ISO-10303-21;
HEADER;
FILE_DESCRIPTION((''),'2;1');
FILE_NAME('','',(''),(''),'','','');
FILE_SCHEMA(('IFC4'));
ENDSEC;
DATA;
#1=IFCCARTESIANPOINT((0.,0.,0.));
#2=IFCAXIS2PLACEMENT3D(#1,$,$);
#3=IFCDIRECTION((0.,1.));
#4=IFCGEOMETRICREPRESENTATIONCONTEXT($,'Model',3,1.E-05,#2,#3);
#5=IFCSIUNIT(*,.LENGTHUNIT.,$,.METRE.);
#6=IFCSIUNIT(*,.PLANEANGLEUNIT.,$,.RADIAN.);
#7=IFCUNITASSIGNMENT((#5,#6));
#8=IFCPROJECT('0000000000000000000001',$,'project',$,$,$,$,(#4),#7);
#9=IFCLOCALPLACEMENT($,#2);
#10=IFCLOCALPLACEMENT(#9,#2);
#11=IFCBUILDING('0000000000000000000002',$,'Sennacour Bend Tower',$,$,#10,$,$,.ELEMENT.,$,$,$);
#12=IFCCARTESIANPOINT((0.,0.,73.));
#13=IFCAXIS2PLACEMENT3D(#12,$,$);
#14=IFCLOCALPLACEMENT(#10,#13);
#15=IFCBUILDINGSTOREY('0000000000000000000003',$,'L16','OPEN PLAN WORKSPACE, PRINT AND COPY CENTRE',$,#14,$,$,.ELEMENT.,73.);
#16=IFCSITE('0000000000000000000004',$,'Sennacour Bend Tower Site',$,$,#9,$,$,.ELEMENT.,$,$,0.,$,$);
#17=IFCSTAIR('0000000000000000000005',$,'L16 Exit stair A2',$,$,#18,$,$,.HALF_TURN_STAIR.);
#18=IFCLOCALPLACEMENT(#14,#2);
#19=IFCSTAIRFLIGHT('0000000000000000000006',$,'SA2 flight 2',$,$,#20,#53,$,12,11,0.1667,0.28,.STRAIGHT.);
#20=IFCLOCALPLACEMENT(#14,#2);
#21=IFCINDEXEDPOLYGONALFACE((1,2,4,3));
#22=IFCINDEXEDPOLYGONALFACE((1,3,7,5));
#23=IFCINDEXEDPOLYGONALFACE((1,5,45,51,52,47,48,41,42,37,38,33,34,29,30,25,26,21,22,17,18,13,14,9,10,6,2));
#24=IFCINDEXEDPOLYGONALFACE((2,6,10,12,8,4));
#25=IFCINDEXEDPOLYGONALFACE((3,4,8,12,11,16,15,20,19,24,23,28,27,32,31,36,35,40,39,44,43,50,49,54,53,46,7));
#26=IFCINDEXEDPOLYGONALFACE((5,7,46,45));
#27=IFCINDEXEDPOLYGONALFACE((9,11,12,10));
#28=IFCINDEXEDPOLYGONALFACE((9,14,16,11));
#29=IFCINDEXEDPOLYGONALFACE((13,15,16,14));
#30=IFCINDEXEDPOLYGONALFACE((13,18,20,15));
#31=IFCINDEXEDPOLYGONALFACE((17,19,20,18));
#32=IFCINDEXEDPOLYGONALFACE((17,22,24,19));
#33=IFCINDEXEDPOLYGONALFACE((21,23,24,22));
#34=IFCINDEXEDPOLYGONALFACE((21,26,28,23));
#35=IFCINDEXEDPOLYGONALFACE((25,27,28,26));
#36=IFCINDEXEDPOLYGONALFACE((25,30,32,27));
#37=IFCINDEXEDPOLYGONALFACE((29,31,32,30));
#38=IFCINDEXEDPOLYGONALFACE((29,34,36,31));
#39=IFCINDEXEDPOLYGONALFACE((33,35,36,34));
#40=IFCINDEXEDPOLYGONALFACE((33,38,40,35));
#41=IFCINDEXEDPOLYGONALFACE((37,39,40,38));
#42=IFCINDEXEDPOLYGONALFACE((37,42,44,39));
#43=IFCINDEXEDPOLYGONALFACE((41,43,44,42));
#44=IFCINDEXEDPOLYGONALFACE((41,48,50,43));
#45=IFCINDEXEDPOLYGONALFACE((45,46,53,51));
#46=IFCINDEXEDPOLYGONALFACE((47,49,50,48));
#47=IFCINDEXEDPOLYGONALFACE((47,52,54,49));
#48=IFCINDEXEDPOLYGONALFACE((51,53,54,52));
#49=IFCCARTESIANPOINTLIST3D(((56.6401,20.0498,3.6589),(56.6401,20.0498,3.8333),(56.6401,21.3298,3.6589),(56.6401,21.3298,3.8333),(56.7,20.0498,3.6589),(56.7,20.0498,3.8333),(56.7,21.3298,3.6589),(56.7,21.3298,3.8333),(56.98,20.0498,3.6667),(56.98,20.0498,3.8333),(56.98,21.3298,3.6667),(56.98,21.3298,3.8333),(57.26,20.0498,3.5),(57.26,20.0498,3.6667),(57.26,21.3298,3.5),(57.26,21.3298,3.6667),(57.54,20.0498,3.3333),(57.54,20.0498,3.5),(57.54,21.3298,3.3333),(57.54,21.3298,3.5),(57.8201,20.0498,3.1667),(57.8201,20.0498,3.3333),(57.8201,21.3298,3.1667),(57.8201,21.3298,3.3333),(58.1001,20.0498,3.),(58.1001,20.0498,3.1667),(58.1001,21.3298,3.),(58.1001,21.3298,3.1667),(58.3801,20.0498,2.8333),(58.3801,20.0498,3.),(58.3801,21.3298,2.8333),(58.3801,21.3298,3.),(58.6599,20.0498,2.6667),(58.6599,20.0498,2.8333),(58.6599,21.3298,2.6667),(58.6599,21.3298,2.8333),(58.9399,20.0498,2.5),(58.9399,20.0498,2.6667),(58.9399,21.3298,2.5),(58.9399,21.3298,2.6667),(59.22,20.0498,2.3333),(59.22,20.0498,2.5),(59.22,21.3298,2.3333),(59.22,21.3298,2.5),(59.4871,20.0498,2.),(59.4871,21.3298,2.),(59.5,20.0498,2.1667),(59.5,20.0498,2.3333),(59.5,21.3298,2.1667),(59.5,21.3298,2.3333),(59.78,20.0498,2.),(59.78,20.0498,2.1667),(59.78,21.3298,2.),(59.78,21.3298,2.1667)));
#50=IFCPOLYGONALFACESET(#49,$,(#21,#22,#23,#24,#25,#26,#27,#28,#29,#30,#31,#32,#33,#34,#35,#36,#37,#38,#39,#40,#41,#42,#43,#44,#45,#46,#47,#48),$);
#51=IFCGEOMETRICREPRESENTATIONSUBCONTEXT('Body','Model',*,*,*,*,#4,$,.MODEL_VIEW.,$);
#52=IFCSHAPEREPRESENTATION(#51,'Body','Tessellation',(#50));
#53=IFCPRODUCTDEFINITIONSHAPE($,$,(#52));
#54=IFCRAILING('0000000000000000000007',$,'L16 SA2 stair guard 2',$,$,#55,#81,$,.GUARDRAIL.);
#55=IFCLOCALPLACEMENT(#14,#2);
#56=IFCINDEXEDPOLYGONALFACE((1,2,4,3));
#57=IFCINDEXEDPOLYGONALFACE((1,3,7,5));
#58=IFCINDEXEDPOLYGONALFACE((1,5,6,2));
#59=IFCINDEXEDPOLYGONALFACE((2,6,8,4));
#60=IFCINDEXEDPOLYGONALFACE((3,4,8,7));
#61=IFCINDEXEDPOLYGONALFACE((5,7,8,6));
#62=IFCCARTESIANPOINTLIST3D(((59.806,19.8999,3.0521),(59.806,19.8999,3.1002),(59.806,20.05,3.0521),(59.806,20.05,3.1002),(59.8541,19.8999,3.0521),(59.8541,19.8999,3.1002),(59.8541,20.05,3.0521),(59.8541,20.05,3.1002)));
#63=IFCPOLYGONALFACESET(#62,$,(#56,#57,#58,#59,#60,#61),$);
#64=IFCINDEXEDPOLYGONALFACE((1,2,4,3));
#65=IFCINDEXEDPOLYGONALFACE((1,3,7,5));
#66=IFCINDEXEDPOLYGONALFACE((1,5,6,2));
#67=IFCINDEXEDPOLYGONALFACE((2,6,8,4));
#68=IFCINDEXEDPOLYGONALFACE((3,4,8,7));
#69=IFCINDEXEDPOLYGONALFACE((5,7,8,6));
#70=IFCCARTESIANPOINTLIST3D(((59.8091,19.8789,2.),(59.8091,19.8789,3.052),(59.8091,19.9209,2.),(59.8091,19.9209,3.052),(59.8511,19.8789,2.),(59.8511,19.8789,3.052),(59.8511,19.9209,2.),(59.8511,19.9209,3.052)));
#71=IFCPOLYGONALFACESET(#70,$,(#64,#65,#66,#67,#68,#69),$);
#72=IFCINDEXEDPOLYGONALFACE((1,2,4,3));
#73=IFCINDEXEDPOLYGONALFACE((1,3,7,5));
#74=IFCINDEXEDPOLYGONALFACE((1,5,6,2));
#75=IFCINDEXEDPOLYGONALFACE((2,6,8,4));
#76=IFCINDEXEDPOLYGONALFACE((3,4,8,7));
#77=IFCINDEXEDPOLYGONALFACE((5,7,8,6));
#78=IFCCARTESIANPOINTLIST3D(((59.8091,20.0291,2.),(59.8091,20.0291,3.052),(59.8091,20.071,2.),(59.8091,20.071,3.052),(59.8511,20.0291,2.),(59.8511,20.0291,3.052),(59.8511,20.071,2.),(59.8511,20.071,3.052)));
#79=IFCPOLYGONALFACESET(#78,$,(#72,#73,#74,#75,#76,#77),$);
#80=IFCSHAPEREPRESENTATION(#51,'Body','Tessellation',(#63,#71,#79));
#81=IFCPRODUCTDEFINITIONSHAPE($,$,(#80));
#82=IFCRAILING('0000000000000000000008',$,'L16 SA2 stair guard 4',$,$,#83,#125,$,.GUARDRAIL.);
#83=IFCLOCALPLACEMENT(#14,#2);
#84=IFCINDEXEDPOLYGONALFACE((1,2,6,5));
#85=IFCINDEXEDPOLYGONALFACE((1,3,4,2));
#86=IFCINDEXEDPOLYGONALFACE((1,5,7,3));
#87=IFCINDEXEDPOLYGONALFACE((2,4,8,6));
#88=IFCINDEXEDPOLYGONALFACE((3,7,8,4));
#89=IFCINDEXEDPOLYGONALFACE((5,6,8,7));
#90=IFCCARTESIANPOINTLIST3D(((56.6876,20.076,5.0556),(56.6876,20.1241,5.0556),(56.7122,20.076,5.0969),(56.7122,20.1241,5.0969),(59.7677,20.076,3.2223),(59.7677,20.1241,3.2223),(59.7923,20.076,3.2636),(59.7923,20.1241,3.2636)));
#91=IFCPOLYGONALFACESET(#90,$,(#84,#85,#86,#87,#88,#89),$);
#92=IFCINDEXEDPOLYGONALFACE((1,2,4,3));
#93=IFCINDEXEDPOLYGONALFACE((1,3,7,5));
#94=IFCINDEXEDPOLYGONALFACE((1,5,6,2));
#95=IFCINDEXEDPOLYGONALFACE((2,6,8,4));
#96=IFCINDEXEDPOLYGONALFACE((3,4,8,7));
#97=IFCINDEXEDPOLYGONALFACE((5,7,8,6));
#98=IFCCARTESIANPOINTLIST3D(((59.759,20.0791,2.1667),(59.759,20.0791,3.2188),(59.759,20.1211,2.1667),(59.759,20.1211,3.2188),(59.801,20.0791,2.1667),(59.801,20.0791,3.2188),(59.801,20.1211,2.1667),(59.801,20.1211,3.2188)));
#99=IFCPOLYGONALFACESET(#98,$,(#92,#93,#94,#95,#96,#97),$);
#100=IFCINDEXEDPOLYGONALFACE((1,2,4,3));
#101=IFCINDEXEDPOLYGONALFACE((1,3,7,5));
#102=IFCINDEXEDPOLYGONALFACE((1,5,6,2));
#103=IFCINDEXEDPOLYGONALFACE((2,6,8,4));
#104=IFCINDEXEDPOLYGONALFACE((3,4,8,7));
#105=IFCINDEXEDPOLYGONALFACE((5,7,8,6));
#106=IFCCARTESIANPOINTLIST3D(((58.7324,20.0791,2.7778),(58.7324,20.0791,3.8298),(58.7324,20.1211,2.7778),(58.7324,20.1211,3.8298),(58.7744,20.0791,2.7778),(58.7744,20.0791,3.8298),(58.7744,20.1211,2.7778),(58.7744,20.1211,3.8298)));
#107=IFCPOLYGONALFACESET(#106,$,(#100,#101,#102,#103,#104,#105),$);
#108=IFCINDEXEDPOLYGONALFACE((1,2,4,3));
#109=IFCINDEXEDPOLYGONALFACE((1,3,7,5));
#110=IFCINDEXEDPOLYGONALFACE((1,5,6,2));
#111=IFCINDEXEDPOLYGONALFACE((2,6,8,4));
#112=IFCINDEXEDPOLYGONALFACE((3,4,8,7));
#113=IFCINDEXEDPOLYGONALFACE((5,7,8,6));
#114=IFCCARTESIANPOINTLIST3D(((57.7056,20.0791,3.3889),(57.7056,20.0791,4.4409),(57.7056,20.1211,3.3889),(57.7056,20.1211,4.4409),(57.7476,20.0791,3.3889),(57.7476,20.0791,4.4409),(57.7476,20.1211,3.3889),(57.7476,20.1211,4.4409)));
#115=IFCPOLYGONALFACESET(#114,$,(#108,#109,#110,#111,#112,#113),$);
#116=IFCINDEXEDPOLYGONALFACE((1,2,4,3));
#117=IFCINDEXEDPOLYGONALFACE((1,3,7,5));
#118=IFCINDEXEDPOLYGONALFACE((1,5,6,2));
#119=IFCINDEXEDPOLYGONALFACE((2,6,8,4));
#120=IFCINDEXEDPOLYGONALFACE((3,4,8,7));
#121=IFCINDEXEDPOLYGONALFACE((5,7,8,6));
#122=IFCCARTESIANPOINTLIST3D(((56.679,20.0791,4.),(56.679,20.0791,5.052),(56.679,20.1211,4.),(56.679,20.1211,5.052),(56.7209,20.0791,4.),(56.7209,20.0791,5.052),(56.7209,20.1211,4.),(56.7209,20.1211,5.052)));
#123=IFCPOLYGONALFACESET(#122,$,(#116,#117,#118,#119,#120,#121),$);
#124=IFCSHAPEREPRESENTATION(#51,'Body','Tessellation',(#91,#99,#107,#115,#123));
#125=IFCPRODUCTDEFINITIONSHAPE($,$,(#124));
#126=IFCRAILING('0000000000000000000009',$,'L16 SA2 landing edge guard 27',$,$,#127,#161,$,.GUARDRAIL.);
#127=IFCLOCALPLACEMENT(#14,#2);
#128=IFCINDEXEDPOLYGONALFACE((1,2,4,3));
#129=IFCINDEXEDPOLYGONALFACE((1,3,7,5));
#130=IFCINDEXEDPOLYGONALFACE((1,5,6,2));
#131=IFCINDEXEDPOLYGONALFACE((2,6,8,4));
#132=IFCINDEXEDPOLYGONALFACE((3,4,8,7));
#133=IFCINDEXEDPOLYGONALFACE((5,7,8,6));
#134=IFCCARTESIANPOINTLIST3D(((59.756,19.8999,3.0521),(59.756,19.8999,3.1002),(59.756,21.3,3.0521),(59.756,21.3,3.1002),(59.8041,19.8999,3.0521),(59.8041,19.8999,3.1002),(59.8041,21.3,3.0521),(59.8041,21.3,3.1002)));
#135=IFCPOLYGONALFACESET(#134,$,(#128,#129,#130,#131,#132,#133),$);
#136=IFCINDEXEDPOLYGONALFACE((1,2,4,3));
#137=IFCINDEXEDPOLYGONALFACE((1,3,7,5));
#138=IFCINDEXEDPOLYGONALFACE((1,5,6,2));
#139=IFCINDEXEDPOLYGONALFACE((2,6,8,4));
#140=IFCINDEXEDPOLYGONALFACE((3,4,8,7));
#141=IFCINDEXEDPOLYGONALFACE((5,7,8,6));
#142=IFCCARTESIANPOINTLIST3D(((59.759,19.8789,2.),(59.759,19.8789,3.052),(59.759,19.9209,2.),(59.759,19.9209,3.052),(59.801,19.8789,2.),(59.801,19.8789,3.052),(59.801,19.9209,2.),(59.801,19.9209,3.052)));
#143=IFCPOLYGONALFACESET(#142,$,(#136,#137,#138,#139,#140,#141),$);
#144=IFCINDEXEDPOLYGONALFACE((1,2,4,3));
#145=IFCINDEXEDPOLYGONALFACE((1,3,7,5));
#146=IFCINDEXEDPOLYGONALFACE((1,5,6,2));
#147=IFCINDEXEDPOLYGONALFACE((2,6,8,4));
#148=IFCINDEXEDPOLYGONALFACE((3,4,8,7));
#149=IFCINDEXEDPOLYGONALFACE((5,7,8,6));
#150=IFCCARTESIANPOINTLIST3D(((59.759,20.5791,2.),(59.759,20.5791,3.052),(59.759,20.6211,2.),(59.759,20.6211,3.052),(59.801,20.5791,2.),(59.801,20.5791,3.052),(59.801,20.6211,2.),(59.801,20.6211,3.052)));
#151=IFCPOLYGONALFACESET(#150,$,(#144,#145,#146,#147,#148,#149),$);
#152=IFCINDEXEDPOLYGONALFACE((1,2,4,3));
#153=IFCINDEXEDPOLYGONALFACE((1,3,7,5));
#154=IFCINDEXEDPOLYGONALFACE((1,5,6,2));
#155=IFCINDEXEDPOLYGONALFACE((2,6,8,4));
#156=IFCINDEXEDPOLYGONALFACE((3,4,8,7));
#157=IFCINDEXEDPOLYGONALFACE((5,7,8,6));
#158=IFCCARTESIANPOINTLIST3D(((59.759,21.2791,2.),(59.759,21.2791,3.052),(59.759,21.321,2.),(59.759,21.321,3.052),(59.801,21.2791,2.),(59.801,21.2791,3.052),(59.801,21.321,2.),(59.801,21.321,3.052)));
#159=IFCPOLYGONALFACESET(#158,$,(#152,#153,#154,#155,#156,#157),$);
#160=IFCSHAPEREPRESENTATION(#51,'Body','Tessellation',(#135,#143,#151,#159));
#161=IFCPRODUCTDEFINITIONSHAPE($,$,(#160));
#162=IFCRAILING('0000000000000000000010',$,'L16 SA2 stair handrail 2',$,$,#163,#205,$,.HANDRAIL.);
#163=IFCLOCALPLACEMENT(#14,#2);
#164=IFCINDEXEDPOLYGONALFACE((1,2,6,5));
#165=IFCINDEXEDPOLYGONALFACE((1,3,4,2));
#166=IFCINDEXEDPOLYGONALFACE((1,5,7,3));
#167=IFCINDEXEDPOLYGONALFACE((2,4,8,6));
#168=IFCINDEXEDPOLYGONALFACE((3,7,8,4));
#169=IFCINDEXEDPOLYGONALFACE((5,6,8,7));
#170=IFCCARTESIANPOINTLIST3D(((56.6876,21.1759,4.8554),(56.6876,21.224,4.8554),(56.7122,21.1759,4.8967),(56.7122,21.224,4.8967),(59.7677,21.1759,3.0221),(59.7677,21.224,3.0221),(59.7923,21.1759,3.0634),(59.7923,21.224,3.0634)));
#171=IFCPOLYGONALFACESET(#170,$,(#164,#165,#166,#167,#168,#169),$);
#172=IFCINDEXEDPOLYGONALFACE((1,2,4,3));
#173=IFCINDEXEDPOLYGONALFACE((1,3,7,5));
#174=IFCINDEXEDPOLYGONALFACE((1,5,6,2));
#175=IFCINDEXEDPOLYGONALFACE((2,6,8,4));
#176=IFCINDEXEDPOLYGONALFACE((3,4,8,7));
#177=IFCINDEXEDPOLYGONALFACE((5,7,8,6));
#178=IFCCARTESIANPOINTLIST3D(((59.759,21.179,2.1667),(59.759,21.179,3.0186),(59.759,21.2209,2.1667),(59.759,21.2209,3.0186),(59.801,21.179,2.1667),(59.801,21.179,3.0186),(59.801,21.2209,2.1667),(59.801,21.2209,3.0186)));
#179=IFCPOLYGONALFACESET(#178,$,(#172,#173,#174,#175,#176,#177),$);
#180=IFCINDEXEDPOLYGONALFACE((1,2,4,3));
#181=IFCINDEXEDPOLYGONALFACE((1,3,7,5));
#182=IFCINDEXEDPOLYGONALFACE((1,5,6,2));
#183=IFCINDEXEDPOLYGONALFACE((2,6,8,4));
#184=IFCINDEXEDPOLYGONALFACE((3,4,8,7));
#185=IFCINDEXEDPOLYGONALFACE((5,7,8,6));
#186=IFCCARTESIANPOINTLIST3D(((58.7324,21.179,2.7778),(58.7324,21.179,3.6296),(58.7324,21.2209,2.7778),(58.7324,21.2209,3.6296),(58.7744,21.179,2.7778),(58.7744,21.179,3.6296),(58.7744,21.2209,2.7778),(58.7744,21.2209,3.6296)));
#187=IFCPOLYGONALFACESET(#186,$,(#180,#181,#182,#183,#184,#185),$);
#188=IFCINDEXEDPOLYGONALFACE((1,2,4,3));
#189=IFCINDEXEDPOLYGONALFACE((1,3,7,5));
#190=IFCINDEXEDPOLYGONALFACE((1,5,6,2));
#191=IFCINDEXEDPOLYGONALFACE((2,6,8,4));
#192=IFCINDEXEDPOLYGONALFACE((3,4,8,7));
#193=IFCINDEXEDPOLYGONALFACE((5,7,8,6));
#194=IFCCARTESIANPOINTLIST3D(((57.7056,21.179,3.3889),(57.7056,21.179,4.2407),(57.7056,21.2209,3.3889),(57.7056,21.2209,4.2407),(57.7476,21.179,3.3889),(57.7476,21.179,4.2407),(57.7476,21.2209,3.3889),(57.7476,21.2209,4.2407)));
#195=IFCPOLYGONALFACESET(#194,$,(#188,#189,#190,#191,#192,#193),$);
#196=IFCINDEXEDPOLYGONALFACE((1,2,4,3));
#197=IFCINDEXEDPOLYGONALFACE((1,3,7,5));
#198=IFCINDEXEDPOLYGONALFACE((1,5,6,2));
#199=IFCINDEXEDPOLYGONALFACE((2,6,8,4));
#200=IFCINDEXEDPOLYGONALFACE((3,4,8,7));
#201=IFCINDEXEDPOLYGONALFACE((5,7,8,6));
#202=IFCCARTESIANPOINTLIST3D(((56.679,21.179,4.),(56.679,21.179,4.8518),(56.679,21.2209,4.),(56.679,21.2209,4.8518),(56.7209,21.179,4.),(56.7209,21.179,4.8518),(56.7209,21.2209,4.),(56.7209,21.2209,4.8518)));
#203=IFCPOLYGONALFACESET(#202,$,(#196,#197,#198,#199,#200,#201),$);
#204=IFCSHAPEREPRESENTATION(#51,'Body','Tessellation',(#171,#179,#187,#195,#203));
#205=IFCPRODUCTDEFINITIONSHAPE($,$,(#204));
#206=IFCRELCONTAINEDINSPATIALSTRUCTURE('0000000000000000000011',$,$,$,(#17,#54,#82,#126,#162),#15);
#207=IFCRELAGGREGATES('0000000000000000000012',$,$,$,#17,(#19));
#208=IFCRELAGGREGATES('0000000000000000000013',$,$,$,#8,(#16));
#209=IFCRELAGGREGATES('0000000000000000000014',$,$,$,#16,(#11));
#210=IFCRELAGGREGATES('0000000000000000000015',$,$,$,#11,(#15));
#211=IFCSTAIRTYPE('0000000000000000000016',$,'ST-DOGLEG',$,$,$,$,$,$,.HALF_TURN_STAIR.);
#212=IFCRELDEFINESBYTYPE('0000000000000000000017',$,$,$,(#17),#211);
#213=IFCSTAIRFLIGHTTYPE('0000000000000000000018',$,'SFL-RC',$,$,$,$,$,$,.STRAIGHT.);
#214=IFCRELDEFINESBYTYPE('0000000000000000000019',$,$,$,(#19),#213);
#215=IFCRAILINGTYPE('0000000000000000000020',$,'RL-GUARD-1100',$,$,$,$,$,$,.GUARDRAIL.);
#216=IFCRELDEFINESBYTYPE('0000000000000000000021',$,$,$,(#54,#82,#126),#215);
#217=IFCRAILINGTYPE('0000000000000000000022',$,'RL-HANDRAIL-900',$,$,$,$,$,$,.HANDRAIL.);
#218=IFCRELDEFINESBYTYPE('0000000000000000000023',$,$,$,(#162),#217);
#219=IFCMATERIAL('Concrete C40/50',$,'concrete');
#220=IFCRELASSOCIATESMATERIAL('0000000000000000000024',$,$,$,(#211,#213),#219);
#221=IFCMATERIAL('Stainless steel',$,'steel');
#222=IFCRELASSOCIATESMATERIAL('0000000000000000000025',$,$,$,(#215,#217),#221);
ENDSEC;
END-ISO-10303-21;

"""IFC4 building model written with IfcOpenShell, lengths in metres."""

from ifc_helpers import new_model, si_unit, direction, frame, origin, origin_2d, place, context, subcontext, project, spatial, polyline, rectangle, outline, extrude, material, type_object, element, aggregate, save


model = new_model("IFC4")

# Units and contexts
model_context = context("Model", 3, precision=1e-05, world=origin(), true_north=direction((0.0, 1.0)))
body_context = subcontext(model_context, "Body", "Model", "MODEL_VIEW")
ifc_project = project(units=[si_unit("LENGTHUNIT", "METRE"), si_unit("PLANEANGLEUNIT", "RADIAN")], contexts=[model_context])

# Site, building, storey
site_placement = place(None, origin())
site = spatial("IfcSite", under=ifc_project, at=site_placement, Name="Sennacour Bend Tower Site", CompositionType="ELEMENT", RefElevation=0.0)
building_placement = place(site_placement, origin())
building = spatial("IfcBuilding", under=site, at=building_placement, Name="Sennacour Bend Tower", CompositionType="ELEMENT")
storey_placement = place(building_placement, frame((0.0, 0.0, 73.0)))
storey = spatial("IfcBuildingStorey", under=building, at=storey_placement, Name="L16", Description="OPEN PLAN WORKSPACE, PRINT AND COPY CENTRE", CompositionType="ELEMENT", Elevation=73.0)

# Shared definitions
ifc_material_1 = material(Name="Stainless steel", Category="steel")

# Stair, stair flight
ifc_material_2 = material(Name="Concrete C40/50", Category="concrete")
stair_type = type_object("IfcStairType", Name="ST-DOGLEG", PredefinedType="HALF_TURN_STAIR", material=ifc_material_2)
stair_placement = place(storey_placement, origin())
stair = element("IfcStair", 1, at=stair_placement, inside=storey, type_object=stair_type, Name="L16 Exit stair A2", PredefinedType="HALF_TURN_STAIR")
stair_flight_type = type_object("IfcStairFlightType", Name="SFL-RC", PredefinedType="STRAIGHT", material=ifc_material_2)
stair_flight_placement = place(storey_placement, frame((59.78, 20.6899, 2.0), z_axis=(0.0, 0.0, 1.0), x_axis=(-1.0, 0.0, 0.0)))
stair_flight = element("IfcStairFlight", 2, at=stair_flight_placement, type_object=stair_flight_type, Name="SA2 flight 2", NumberOfRisers=12, NumberOfTreads=11, PredefinedType="STRAIGHT", RiserHeight=0.1667, TreadLength=0.28, context=body_context, shape_type="SweptSolid", body=[
    extrude(outline(polyline([(0.0, 0.0), (0.0, 0.1667), (0.28, 0.1667), (0.28, 0.3333), (0.5601, 0.3333), (0.5601, 0.5), (0.8401, 0.5), (0.8401, 0.6667), (1.1201, 0.6667), (1.1201, 0.8333), (1.3999, 0.8333), (1.3999, 1.0), (1.6799, 1.0), (1.6799, 1.1667), (1.96, 1.1667), (1.96, 1.3333), (2.24, 1.3333), (2.24, 1.5), (2.52, 1.5), (2.52, 1.6667), (2.8, 1.6667), (2.8, 1.8333), (3.0801, 1.8333), (3.1399, 1.8333), (3.1399, 1.6589), (3.0801, 1.6589), (0.293, 0.0), (0.0, 0.0)])), frame((0.0, 0.6401, 0.0), z_axis=(0.0, -1.0, 0.0), x_axis=(1.0, 0.0, 0.0)), (0.0, 0.0, 1.0), 1.28),
])
aggregate(stair, [stair_flight])

# Railings
railing_type_1 = type_object("IfcRailingType", Name="RL-GUARD-1100", PredefinedType="GUARDRAIL", material=ifc_material_1)
railing_1_placement = place(storey_placement, frame((59.8301, 19.8999, 2.0)))
element("IfcRailing", 3, at=railing_1_placement, inside=storey, type_object=railing_type_1, Name="L16 SA2 stair guard 2", PredefinedType="GUARDRAIL", context=body_context, shape_type="SweptSolid", body=[
    extrude(rectangle(XDim=0.0481, YDim=0.0481, at=origin_2d()), frame((0.0, 0.0, 1.0762), z_axis=(0.0, 1.0, 0.0), x_axis=(-1.0, 0.0, 0.0)), (0.0, 0.0, 1.0), 0.1501),
    extrude(rectangle(XDim=0.042, YDim=0.042, at=origin_2d()), origin(), (0.0, 0.0, 1.0), 1.052),
    extrude(rectangle(XDim=0.042, YDim=0.042, at=origin_2d()), frame((0.0, 0.1501, 0.0)), (0.0, 0.0, 1.0), 1.052),
])
railing_2_placement = place(storey_placement, frame((59.78, 20.1001, 2.1667)))
element("IfcRailing", 4, at=railing_2_placement, inside=storey, type_object=railing_type_1, Name="L16 SA2 stair guard 4", PredefinedType="GUARDRAIL", context=body_context, shape_type="SweptSolid", body=[
    extrude(rectangle(XDim=0.0481, YDim=0.0481, at=origin_2d()), frame((0.0, 0.0, 1.0762), z_axis=(-0.859309, 0.0, 0.511458), x_axis=(0.0, -1.0, 0.0)), (0.0, 0.0, 1.0), 3.5845),
    extrude(rectangle(XDim=0.042, YDim=0.042, at=origin_2d()), origin(), (0.0, 0.0, 1.0), 1.052),
    extrude(rectangle(XDim=0.042, YDim=0.042, at=origin_2d()), frame((-1.0266, 0.0, 0.6111)), (0.0, 0.0, 1.0), 1.052),
    extrude(rectangle(XDim=0.042, YDim=0.042, at=origin_2d()), frame((-2.0535, 0.0, 1.2222)), (0.0, 0.0, 1.0), 1.052),
    extrude(rectangle(XDim=0.042, YDim=0.042, at=origin_2d()), frame((-3.0801, 0.0, 1.8333)), (0.0, 0.0, 1.0), 1.052),
])
railing_3_placement = place(storey_placement, frame((59.78, 19.8999, 2.0)))
element("IfcRailing", 5, at=railing_3_placement, inside=storey, type_object=railing_type_1, Name="L16 SA2 landing edge guard 27", PredefinedType="GUARDRAIL", context=body_context, shape_type="SweptSolid", body=[
    extrude(rectangle(XDim=0.0481, YDim=0.0481, at=origin_2d()), frame((0.0, 0.0, 1.0762), z_axis=(0.0, 1.0, 0.0), x_axis=(-1.0, 0.0, 0.0)), (0.0, 0.0, 1.0), 1.4001),
    extrude(rectangle(XDim=0.042, YDim=0.042, at=origin_2d()), origin(), (0.0, 0.0, 1.0), 1.052),
    extrude(rectangle(XDim=0.042, YDim=0.042, at=origin_2d()), frame((0.0, 0.7002, 0.0)), (0.0, 0.0, 1.0), 1.052),
    extrude(rectangle(XDim=0.042, YDim=0.042, at=origin_2d()), frame((0.0, 1.4001, 0.0)), (0.0, 0.0, 1.0), 1.052),
])
railing_type_2 = type_object("IfcRailingType", Name="RL-HANDRAIL-900", PredefinedType="HANDRAIL", material=ifc_material_1)
railing_4_placement = place(storey_placement, frame((59.78, 21.2, 2.1667)))
element("IfcRailing", 6, at=railing_4_placement, inside=storey, type_object=railing_type_2, Name="L16 SA2 stair handrail 2", PredefinedType="HANDRAIL", context=body_context, shape_type="SweptSolid", body=[
    extrude(rectangle(XDim=0.0481, YDim=0.0481, at=origin_2d()), frame((0.0, 0.0, 0.876), z_axis=(-0.859309, 0.0, 0.511458), x_axis=(0.0, -1.0, 0.0)), (0.0, 0.0, 1.0), 3.5845),
    extrude(rectangle(XDim=0.042, YDim=0.042, at=origin_2d()), origin(), (0.0, 0.0, 1.0), 0.8518),
    extrude(rectangle(XDim=0.042, YDim=0.042, at=origin_2d()), frame((-1.0266, 0.0, 0.6111)), (0.0, 0.0, 1.0), 0.8518),
    extrude(rectangle(XDim=0.042, YDim=0.042, at=origin_2d()), frame((-2.0535, 0.0, 1.2222)), (0.0, 0.0, 1.0), 0.8518),
    extrude(rectangle(XDim=0.042, YDim=0.042, at=origin_2d()), frame((-3.0801, 0.0, 1.8333)), (0.0, 0.0, 1.0), 0.8518),
])

save(model, "model.ifc")
